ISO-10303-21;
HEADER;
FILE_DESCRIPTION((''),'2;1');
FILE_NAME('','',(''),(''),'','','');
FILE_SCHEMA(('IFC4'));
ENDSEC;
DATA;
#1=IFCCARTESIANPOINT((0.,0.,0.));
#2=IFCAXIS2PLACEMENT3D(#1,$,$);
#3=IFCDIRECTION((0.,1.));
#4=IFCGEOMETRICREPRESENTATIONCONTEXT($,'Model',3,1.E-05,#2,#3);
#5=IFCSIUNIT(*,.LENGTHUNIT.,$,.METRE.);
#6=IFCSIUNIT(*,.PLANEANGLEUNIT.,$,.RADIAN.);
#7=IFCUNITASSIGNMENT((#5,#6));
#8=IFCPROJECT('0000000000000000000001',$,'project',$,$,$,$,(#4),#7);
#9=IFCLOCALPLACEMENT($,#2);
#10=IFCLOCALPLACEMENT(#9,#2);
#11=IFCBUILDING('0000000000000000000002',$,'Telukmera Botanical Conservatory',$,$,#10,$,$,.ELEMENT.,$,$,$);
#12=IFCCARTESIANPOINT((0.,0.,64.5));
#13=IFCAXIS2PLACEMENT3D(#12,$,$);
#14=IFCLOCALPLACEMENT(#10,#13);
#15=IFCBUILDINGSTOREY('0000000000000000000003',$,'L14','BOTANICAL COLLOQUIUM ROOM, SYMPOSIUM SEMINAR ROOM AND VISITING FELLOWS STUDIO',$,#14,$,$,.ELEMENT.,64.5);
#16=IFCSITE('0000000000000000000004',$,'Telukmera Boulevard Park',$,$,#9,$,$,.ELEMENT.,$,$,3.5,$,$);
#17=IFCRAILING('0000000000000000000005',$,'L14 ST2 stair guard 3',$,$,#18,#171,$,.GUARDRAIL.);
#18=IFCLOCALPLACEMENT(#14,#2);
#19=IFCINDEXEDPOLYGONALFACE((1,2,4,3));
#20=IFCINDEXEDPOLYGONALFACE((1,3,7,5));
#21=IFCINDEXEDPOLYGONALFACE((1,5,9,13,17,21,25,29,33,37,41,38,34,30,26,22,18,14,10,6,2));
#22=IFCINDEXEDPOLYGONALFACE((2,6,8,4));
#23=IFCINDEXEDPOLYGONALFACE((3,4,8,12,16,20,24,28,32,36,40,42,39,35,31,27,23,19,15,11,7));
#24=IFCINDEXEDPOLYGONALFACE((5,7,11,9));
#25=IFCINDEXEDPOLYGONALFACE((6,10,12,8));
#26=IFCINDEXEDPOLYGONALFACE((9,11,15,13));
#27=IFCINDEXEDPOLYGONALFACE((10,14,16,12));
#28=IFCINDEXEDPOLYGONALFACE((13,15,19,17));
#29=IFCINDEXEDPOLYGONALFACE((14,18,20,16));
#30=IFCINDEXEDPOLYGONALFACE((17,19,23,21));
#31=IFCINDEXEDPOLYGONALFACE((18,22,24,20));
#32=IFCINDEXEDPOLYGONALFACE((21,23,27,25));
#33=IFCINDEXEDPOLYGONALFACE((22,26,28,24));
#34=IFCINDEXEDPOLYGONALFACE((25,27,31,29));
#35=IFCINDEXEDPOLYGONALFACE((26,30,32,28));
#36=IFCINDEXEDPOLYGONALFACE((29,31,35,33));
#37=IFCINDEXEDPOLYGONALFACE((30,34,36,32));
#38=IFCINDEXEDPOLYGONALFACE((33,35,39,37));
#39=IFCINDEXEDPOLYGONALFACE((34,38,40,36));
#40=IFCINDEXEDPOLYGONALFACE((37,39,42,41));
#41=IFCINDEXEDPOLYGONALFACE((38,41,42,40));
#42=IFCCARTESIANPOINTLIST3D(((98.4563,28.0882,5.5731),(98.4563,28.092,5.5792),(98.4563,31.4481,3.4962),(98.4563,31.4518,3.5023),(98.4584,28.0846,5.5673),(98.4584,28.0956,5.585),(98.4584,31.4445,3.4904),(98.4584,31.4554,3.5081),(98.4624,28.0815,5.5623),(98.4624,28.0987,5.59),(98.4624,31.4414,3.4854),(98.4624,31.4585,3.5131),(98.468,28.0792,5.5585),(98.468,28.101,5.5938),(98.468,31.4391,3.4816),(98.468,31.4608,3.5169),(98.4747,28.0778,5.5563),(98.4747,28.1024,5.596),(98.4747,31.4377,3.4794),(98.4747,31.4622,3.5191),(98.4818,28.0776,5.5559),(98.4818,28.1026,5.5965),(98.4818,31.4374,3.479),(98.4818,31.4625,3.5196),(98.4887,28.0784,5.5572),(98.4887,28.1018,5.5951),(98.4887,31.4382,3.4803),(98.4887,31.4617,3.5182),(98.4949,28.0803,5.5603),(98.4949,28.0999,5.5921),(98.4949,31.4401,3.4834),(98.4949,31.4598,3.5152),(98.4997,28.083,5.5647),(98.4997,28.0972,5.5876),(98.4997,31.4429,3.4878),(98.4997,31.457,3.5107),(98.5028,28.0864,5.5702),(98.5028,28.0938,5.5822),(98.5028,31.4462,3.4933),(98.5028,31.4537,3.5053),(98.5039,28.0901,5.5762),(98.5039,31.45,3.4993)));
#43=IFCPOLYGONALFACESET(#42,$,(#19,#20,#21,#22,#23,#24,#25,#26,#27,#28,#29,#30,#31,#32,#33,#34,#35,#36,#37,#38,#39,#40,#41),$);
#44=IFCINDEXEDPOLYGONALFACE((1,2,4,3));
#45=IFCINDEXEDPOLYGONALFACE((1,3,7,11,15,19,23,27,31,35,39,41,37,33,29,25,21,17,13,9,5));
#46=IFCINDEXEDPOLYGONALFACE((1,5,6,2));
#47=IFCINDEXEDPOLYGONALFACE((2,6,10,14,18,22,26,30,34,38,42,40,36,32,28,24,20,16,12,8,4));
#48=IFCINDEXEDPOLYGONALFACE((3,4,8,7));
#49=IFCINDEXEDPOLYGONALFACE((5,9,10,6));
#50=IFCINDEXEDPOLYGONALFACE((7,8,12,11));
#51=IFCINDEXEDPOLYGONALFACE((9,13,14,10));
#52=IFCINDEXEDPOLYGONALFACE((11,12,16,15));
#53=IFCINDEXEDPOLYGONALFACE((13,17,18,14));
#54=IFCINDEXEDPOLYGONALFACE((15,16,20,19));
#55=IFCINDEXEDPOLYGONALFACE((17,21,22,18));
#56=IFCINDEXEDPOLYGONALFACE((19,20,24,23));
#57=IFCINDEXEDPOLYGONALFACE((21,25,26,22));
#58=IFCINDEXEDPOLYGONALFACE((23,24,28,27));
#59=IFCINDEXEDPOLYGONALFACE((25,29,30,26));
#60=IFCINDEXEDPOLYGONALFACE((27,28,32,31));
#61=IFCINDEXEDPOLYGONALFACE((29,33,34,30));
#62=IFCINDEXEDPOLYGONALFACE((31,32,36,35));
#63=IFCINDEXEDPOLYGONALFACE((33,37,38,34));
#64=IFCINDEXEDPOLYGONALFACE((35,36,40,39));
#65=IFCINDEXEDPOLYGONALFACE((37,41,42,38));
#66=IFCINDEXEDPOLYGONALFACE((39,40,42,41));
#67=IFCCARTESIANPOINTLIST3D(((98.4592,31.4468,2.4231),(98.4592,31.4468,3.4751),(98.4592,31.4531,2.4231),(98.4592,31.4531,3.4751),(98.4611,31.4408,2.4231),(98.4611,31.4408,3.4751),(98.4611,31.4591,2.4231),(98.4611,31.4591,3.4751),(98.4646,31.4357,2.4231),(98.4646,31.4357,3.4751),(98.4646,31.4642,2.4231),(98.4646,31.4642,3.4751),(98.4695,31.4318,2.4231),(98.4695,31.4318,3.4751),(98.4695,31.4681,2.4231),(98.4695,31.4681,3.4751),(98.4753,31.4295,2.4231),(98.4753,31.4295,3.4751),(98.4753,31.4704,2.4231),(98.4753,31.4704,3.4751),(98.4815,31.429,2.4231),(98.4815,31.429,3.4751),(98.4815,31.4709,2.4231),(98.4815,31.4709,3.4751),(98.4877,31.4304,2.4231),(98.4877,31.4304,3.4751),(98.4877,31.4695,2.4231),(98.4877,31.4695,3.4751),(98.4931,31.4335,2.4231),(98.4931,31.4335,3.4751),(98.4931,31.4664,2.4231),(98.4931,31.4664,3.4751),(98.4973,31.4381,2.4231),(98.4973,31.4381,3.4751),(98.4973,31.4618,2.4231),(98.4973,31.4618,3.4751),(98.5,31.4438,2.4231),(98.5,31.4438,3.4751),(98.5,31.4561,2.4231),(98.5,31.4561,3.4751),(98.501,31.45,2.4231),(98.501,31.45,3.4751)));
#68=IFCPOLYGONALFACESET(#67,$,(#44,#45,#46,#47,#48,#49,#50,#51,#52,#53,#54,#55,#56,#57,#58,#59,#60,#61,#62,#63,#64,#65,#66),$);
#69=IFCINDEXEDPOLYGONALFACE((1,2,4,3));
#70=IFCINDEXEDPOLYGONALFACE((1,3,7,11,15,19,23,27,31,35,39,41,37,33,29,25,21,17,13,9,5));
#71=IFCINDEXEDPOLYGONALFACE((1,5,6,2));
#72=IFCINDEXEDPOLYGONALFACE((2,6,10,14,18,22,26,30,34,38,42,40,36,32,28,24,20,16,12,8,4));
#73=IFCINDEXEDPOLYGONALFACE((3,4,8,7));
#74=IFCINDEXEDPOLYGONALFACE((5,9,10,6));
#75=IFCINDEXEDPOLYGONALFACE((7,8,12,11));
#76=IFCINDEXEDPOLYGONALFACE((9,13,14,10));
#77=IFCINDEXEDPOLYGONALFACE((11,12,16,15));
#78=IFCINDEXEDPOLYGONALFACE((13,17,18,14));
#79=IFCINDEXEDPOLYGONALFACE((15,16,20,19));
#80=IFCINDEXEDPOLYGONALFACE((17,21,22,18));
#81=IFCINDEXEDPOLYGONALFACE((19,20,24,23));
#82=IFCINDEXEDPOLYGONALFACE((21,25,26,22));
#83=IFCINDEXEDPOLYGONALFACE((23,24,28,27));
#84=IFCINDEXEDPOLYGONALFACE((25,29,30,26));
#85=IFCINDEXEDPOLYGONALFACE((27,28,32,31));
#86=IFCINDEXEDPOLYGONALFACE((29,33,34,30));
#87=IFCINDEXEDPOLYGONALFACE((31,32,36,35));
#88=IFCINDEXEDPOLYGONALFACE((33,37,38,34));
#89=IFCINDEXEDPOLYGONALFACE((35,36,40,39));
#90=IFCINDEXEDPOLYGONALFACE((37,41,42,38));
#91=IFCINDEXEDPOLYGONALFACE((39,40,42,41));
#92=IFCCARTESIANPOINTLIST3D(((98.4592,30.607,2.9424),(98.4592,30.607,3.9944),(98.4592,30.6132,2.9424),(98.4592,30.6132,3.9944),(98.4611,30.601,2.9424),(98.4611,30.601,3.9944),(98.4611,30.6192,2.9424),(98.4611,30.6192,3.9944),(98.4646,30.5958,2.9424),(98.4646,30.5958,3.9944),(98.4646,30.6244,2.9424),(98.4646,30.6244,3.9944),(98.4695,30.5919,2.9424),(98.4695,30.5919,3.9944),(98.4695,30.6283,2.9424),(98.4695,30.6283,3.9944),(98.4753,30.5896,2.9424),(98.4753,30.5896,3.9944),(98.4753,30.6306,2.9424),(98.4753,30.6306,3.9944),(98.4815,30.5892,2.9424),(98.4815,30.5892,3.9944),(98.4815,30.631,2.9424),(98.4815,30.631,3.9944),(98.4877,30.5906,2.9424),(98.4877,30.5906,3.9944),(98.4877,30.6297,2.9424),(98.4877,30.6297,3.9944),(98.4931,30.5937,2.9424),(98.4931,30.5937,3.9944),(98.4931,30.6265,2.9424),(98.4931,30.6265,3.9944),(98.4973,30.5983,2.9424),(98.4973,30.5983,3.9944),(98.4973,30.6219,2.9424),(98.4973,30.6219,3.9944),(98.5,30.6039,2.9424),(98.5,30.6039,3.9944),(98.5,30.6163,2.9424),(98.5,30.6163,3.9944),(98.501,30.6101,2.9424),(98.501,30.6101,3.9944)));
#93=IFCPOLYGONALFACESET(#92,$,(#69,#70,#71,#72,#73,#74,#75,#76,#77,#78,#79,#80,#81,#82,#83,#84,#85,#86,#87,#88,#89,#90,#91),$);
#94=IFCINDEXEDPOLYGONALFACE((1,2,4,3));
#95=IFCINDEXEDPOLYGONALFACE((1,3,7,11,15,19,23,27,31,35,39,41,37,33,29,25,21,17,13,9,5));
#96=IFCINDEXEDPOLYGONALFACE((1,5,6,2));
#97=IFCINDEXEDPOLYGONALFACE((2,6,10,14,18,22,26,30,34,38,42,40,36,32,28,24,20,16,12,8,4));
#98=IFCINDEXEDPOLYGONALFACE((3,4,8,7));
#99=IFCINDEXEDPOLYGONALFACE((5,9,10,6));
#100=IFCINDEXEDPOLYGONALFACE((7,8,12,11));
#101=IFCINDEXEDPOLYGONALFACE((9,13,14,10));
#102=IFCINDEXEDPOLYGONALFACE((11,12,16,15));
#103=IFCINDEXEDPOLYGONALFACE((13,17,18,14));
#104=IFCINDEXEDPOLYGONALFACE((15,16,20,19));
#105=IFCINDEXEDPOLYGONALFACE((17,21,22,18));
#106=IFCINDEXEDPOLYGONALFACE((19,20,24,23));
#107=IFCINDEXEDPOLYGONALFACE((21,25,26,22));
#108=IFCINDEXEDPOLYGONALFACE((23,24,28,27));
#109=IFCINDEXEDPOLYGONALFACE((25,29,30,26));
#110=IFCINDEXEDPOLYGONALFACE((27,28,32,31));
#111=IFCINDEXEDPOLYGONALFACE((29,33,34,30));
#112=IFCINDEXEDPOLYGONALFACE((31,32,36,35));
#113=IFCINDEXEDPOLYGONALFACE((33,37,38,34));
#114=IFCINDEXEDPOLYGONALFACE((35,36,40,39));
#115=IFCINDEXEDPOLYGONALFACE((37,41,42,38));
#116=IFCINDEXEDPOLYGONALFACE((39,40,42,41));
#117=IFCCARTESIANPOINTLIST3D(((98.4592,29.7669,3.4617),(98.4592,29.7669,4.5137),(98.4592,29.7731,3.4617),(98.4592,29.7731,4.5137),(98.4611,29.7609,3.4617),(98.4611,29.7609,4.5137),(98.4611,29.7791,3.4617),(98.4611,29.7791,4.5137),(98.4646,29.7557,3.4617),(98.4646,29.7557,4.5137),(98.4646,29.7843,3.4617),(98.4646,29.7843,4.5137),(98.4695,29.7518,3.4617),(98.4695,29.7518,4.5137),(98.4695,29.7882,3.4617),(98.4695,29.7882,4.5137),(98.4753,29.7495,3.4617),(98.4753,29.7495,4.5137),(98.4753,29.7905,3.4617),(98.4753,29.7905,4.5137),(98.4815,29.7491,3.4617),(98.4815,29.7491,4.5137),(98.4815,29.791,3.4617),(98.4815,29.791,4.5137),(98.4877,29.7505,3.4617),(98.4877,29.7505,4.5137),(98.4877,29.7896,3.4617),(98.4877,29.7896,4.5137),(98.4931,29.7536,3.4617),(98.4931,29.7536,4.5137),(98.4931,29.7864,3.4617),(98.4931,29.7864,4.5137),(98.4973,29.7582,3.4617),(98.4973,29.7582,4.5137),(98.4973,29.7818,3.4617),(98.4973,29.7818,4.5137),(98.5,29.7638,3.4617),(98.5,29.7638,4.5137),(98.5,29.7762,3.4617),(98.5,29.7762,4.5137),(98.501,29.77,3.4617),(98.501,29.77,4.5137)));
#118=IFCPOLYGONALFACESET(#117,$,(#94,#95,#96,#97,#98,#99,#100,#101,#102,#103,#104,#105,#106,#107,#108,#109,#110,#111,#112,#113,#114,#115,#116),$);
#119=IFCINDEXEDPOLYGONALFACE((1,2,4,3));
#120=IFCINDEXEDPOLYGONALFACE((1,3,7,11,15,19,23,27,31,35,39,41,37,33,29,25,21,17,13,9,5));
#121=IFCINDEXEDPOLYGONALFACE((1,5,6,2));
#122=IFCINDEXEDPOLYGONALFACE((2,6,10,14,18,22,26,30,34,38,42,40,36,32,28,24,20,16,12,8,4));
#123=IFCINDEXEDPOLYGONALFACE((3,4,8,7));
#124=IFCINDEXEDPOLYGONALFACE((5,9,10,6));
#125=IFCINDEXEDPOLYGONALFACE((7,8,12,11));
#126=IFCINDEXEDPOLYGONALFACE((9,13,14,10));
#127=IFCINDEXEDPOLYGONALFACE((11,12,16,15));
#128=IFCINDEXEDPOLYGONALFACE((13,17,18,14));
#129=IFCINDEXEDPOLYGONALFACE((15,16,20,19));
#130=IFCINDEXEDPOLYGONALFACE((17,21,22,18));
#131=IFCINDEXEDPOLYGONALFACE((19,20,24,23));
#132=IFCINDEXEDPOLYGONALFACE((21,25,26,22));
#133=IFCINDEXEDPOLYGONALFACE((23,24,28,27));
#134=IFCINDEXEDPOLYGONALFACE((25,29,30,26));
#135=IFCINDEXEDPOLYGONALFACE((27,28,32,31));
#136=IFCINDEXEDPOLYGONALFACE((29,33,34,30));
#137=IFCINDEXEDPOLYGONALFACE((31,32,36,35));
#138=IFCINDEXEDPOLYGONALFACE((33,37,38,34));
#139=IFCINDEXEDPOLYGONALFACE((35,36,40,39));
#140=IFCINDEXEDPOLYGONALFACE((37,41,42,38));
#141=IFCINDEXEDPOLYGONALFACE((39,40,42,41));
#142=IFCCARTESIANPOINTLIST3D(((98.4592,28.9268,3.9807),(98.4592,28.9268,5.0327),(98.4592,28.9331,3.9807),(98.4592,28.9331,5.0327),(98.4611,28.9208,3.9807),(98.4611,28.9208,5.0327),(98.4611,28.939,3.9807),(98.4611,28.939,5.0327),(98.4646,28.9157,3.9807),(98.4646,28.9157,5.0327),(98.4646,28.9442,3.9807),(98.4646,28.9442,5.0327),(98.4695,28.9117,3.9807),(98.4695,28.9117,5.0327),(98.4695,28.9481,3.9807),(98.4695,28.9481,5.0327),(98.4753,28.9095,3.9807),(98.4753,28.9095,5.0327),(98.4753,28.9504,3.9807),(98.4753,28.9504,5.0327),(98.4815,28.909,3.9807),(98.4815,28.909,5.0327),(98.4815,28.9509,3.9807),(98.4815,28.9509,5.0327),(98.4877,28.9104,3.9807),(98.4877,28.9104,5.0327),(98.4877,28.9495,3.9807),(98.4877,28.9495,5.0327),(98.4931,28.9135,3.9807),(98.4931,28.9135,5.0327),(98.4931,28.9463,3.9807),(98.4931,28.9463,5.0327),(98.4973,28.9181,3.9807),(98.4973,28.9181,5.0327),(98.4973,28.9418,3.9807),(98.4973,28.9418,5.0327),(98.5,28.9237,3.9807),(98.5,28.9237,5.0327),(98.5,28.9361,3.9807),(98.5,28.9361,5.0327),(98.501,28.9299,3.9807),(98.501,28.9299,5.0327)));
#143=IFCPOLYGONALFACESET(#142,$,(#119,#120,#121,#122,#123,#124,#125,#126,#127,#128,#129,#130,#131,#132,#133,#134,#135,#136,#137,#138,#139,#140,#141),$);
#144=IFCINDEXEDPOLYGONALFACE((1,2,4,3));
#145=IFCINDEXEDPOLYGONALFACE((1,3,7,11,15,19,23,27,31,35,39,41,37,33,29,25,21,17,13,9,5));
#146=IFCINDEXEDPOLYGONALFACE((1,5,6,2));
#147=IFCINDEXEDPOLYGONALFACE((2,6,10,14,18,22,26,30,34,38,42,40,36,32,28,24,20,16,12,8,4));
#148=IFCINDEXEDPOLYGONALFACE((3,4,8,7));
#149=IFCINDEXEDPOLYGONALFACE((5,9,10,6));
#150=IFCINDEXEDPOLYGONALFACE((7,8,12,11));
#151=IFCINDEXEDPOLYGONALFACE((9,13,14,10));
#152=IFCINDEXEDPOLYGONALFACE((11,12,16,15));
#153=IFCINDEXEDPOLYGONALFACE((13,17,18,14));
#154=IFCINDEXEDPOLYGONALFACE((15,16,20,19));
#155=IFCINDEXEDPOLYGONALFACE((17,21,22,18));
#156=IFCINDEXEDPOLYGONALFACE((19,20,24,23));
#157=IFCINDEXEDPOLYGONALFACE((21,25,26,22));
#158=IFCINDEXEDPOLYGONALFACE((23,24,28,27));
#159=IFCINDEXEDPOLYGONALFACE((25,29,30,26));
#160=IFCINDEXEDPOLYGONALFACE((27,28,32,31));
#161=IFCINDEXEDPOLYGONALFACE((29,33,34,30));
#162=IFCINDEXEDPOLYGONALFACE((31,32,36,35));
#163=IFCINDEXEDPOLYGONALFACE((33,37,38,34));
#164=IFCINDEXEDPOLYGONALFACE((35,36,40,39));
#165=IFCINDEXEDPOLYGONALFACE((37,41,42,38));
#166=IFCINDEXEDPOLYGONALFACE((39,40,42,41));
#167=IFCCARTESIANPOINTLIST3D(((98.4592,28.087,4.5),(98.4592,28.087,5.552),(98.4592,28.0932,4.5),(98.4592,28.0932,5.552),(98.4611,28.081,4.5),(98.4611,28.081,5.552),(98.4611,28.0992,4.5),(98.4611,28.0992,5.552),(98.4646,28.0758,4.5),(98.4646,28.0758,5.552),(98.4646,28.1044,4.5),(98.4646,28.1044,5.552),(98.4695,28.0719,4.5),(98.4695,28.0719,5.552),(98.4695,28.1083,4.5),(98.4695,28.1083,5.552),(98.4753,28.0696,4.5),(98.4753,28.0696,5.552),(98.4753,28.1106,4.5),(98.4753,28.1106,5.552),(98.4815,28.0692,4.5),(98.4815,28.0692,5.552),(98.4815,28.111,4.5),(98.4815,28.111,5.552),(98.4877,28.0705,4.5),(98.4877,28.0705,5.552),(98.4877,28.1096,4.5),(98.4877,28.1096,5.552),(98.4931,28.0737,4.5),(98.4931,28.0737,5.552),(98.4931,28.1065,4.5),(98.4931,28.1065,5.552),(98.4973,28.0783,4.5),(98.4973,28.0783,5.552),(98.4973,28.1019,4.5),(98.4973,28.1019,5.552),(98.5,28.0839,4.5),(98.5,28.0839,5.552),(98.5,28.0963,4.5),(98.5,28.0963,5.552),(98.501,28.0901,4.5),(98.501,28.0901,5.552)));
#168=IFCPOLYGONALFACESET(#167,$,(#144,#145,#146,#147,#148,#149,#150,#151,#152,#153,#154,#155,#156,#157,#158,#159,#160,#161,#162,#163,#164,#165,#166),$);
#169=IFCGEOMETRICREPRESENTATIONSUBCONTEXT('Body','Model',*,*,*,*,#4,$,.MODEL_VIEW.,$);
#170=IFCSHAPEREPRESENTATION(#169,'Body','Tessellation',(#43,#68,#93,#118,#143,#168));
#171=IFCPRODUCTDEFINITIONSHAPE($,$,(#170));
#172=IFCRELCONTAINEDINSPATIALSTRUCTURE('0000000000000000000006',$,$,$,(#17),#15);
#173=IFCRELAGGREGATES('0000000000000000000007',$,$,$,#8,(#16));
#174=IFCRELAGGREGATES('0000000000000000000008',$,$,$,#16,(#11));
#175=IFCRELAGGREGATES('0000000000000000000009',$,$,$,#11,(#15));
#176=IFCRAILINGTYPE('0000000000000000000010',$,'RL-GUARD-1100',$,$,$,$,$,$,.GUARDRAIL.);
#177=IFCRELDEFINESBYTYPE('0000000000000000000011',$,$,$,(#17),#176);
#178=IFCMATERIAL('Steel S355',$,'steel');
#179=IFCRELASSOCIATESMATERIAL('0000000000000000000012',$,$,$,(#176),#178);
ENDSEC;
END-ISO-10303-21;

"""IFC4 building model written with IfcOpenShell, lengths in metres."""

from ifc_helpers import new_model, si_unit, direction, frame, origin, origin_2d, place, context, subcontext, project, spatial, circle, extrude, material, type_object, element, save


model = new_model("IFC4")

# Units and contexts
model_context = context("Model", 3, precision=1e-05, world=origin(), true_north=direction((0.0, 1.0)))
body_context = subcontext(model_context, "Body", "Model", "MODEL_VIEW")
ifc_project = project(units=[si_unit("LENGTHUNIT", "METRE"), si_unit("PLANEANGLEUNIT", "RADIAN")], contexts=[model_context])

# Site, building, storey
site_placement = place(None, origin())
site = spatial("IfcSite", under=ifc_project, at=site_placement, Name="Telukmera Boulevard Park", CompositionType="ELEMENT", RefElevation=3.5)
building_placement = place(site_placement, origin())
building = spatial("IfcBuilding", under=site, at=building_placement, Name="Telukmera Botanical Conservatory", CompositionType="ELEMENT")
storey_placement = place(building_placement, frame((0.0, 0.0, 64.5)))
storey = spatial("IfcBuildingStorey", under=building, at=storey_placement, Name="L14", Description="BOTANICAL COLLOQUIUM ROOM, SYMPOSIUM SEMINAR ROOM AND VISITING FELLOWS STUDIO", CompositionType="ELEMENT", Elevation=64.5)

# Railing
ifc_material_1 = material(Name="Steel S355", Category="steel")
railing_type_1 = type_object("IfcRailingType", Name="RL-GUARD-1100", PredefinedType="GUARDRAIL", material=ifc_material_1)
railing_1_placement = place(storey_placement, frame((98.48, 31.45, 2.4231)))
element("IfcRailing", 1, at=railing_1_placement, inside=storey, type_object=railing_type_1, Name="L14 ST2 stair guard 3", PredefinedType="GUARDRAIL", context=body_context, shape_type="SweptSolid", body=[
    extrude(circle(Radius=0.0239, at=origin_2d()), frame((0.0, 0.0, 1.0762), z_axis=(0.0, -0.850606, 0.525803), x_axis=(1.0, 0.0, 0.0)), (0.0, 0.0, 1.0), 3.95),
    extrude(circle(Radius=0.021, at=origin_2d()), origin(), (0.0, 0.0, 1.0), 1.052),
    extrude(circle(Radius=0.021, at=origin_2d()), frame((0.0, -0.8398, 0.5193)), (0.0, 0.0, 1.0), 1.052),
    extrude(circle(Radius=0.021, at=origin_2d()), frame((0.0, -1.6799, 1.0386)), (0.0, 0.0, 1.0), 1.052),
    extrude(circle(Radius=0.021, at=origin_2d()), frame((0.0, -2.52, 1.5576)), (0.0, 0.0, 1.0), 1.052),
    extrude(circle(Radius=0.021, at=origin_2d()), frame((0.0, -3.3599, 2.0769)), (0.0, 0.0, 1.0), 1.052),
])

save(model, "model.ifc")
